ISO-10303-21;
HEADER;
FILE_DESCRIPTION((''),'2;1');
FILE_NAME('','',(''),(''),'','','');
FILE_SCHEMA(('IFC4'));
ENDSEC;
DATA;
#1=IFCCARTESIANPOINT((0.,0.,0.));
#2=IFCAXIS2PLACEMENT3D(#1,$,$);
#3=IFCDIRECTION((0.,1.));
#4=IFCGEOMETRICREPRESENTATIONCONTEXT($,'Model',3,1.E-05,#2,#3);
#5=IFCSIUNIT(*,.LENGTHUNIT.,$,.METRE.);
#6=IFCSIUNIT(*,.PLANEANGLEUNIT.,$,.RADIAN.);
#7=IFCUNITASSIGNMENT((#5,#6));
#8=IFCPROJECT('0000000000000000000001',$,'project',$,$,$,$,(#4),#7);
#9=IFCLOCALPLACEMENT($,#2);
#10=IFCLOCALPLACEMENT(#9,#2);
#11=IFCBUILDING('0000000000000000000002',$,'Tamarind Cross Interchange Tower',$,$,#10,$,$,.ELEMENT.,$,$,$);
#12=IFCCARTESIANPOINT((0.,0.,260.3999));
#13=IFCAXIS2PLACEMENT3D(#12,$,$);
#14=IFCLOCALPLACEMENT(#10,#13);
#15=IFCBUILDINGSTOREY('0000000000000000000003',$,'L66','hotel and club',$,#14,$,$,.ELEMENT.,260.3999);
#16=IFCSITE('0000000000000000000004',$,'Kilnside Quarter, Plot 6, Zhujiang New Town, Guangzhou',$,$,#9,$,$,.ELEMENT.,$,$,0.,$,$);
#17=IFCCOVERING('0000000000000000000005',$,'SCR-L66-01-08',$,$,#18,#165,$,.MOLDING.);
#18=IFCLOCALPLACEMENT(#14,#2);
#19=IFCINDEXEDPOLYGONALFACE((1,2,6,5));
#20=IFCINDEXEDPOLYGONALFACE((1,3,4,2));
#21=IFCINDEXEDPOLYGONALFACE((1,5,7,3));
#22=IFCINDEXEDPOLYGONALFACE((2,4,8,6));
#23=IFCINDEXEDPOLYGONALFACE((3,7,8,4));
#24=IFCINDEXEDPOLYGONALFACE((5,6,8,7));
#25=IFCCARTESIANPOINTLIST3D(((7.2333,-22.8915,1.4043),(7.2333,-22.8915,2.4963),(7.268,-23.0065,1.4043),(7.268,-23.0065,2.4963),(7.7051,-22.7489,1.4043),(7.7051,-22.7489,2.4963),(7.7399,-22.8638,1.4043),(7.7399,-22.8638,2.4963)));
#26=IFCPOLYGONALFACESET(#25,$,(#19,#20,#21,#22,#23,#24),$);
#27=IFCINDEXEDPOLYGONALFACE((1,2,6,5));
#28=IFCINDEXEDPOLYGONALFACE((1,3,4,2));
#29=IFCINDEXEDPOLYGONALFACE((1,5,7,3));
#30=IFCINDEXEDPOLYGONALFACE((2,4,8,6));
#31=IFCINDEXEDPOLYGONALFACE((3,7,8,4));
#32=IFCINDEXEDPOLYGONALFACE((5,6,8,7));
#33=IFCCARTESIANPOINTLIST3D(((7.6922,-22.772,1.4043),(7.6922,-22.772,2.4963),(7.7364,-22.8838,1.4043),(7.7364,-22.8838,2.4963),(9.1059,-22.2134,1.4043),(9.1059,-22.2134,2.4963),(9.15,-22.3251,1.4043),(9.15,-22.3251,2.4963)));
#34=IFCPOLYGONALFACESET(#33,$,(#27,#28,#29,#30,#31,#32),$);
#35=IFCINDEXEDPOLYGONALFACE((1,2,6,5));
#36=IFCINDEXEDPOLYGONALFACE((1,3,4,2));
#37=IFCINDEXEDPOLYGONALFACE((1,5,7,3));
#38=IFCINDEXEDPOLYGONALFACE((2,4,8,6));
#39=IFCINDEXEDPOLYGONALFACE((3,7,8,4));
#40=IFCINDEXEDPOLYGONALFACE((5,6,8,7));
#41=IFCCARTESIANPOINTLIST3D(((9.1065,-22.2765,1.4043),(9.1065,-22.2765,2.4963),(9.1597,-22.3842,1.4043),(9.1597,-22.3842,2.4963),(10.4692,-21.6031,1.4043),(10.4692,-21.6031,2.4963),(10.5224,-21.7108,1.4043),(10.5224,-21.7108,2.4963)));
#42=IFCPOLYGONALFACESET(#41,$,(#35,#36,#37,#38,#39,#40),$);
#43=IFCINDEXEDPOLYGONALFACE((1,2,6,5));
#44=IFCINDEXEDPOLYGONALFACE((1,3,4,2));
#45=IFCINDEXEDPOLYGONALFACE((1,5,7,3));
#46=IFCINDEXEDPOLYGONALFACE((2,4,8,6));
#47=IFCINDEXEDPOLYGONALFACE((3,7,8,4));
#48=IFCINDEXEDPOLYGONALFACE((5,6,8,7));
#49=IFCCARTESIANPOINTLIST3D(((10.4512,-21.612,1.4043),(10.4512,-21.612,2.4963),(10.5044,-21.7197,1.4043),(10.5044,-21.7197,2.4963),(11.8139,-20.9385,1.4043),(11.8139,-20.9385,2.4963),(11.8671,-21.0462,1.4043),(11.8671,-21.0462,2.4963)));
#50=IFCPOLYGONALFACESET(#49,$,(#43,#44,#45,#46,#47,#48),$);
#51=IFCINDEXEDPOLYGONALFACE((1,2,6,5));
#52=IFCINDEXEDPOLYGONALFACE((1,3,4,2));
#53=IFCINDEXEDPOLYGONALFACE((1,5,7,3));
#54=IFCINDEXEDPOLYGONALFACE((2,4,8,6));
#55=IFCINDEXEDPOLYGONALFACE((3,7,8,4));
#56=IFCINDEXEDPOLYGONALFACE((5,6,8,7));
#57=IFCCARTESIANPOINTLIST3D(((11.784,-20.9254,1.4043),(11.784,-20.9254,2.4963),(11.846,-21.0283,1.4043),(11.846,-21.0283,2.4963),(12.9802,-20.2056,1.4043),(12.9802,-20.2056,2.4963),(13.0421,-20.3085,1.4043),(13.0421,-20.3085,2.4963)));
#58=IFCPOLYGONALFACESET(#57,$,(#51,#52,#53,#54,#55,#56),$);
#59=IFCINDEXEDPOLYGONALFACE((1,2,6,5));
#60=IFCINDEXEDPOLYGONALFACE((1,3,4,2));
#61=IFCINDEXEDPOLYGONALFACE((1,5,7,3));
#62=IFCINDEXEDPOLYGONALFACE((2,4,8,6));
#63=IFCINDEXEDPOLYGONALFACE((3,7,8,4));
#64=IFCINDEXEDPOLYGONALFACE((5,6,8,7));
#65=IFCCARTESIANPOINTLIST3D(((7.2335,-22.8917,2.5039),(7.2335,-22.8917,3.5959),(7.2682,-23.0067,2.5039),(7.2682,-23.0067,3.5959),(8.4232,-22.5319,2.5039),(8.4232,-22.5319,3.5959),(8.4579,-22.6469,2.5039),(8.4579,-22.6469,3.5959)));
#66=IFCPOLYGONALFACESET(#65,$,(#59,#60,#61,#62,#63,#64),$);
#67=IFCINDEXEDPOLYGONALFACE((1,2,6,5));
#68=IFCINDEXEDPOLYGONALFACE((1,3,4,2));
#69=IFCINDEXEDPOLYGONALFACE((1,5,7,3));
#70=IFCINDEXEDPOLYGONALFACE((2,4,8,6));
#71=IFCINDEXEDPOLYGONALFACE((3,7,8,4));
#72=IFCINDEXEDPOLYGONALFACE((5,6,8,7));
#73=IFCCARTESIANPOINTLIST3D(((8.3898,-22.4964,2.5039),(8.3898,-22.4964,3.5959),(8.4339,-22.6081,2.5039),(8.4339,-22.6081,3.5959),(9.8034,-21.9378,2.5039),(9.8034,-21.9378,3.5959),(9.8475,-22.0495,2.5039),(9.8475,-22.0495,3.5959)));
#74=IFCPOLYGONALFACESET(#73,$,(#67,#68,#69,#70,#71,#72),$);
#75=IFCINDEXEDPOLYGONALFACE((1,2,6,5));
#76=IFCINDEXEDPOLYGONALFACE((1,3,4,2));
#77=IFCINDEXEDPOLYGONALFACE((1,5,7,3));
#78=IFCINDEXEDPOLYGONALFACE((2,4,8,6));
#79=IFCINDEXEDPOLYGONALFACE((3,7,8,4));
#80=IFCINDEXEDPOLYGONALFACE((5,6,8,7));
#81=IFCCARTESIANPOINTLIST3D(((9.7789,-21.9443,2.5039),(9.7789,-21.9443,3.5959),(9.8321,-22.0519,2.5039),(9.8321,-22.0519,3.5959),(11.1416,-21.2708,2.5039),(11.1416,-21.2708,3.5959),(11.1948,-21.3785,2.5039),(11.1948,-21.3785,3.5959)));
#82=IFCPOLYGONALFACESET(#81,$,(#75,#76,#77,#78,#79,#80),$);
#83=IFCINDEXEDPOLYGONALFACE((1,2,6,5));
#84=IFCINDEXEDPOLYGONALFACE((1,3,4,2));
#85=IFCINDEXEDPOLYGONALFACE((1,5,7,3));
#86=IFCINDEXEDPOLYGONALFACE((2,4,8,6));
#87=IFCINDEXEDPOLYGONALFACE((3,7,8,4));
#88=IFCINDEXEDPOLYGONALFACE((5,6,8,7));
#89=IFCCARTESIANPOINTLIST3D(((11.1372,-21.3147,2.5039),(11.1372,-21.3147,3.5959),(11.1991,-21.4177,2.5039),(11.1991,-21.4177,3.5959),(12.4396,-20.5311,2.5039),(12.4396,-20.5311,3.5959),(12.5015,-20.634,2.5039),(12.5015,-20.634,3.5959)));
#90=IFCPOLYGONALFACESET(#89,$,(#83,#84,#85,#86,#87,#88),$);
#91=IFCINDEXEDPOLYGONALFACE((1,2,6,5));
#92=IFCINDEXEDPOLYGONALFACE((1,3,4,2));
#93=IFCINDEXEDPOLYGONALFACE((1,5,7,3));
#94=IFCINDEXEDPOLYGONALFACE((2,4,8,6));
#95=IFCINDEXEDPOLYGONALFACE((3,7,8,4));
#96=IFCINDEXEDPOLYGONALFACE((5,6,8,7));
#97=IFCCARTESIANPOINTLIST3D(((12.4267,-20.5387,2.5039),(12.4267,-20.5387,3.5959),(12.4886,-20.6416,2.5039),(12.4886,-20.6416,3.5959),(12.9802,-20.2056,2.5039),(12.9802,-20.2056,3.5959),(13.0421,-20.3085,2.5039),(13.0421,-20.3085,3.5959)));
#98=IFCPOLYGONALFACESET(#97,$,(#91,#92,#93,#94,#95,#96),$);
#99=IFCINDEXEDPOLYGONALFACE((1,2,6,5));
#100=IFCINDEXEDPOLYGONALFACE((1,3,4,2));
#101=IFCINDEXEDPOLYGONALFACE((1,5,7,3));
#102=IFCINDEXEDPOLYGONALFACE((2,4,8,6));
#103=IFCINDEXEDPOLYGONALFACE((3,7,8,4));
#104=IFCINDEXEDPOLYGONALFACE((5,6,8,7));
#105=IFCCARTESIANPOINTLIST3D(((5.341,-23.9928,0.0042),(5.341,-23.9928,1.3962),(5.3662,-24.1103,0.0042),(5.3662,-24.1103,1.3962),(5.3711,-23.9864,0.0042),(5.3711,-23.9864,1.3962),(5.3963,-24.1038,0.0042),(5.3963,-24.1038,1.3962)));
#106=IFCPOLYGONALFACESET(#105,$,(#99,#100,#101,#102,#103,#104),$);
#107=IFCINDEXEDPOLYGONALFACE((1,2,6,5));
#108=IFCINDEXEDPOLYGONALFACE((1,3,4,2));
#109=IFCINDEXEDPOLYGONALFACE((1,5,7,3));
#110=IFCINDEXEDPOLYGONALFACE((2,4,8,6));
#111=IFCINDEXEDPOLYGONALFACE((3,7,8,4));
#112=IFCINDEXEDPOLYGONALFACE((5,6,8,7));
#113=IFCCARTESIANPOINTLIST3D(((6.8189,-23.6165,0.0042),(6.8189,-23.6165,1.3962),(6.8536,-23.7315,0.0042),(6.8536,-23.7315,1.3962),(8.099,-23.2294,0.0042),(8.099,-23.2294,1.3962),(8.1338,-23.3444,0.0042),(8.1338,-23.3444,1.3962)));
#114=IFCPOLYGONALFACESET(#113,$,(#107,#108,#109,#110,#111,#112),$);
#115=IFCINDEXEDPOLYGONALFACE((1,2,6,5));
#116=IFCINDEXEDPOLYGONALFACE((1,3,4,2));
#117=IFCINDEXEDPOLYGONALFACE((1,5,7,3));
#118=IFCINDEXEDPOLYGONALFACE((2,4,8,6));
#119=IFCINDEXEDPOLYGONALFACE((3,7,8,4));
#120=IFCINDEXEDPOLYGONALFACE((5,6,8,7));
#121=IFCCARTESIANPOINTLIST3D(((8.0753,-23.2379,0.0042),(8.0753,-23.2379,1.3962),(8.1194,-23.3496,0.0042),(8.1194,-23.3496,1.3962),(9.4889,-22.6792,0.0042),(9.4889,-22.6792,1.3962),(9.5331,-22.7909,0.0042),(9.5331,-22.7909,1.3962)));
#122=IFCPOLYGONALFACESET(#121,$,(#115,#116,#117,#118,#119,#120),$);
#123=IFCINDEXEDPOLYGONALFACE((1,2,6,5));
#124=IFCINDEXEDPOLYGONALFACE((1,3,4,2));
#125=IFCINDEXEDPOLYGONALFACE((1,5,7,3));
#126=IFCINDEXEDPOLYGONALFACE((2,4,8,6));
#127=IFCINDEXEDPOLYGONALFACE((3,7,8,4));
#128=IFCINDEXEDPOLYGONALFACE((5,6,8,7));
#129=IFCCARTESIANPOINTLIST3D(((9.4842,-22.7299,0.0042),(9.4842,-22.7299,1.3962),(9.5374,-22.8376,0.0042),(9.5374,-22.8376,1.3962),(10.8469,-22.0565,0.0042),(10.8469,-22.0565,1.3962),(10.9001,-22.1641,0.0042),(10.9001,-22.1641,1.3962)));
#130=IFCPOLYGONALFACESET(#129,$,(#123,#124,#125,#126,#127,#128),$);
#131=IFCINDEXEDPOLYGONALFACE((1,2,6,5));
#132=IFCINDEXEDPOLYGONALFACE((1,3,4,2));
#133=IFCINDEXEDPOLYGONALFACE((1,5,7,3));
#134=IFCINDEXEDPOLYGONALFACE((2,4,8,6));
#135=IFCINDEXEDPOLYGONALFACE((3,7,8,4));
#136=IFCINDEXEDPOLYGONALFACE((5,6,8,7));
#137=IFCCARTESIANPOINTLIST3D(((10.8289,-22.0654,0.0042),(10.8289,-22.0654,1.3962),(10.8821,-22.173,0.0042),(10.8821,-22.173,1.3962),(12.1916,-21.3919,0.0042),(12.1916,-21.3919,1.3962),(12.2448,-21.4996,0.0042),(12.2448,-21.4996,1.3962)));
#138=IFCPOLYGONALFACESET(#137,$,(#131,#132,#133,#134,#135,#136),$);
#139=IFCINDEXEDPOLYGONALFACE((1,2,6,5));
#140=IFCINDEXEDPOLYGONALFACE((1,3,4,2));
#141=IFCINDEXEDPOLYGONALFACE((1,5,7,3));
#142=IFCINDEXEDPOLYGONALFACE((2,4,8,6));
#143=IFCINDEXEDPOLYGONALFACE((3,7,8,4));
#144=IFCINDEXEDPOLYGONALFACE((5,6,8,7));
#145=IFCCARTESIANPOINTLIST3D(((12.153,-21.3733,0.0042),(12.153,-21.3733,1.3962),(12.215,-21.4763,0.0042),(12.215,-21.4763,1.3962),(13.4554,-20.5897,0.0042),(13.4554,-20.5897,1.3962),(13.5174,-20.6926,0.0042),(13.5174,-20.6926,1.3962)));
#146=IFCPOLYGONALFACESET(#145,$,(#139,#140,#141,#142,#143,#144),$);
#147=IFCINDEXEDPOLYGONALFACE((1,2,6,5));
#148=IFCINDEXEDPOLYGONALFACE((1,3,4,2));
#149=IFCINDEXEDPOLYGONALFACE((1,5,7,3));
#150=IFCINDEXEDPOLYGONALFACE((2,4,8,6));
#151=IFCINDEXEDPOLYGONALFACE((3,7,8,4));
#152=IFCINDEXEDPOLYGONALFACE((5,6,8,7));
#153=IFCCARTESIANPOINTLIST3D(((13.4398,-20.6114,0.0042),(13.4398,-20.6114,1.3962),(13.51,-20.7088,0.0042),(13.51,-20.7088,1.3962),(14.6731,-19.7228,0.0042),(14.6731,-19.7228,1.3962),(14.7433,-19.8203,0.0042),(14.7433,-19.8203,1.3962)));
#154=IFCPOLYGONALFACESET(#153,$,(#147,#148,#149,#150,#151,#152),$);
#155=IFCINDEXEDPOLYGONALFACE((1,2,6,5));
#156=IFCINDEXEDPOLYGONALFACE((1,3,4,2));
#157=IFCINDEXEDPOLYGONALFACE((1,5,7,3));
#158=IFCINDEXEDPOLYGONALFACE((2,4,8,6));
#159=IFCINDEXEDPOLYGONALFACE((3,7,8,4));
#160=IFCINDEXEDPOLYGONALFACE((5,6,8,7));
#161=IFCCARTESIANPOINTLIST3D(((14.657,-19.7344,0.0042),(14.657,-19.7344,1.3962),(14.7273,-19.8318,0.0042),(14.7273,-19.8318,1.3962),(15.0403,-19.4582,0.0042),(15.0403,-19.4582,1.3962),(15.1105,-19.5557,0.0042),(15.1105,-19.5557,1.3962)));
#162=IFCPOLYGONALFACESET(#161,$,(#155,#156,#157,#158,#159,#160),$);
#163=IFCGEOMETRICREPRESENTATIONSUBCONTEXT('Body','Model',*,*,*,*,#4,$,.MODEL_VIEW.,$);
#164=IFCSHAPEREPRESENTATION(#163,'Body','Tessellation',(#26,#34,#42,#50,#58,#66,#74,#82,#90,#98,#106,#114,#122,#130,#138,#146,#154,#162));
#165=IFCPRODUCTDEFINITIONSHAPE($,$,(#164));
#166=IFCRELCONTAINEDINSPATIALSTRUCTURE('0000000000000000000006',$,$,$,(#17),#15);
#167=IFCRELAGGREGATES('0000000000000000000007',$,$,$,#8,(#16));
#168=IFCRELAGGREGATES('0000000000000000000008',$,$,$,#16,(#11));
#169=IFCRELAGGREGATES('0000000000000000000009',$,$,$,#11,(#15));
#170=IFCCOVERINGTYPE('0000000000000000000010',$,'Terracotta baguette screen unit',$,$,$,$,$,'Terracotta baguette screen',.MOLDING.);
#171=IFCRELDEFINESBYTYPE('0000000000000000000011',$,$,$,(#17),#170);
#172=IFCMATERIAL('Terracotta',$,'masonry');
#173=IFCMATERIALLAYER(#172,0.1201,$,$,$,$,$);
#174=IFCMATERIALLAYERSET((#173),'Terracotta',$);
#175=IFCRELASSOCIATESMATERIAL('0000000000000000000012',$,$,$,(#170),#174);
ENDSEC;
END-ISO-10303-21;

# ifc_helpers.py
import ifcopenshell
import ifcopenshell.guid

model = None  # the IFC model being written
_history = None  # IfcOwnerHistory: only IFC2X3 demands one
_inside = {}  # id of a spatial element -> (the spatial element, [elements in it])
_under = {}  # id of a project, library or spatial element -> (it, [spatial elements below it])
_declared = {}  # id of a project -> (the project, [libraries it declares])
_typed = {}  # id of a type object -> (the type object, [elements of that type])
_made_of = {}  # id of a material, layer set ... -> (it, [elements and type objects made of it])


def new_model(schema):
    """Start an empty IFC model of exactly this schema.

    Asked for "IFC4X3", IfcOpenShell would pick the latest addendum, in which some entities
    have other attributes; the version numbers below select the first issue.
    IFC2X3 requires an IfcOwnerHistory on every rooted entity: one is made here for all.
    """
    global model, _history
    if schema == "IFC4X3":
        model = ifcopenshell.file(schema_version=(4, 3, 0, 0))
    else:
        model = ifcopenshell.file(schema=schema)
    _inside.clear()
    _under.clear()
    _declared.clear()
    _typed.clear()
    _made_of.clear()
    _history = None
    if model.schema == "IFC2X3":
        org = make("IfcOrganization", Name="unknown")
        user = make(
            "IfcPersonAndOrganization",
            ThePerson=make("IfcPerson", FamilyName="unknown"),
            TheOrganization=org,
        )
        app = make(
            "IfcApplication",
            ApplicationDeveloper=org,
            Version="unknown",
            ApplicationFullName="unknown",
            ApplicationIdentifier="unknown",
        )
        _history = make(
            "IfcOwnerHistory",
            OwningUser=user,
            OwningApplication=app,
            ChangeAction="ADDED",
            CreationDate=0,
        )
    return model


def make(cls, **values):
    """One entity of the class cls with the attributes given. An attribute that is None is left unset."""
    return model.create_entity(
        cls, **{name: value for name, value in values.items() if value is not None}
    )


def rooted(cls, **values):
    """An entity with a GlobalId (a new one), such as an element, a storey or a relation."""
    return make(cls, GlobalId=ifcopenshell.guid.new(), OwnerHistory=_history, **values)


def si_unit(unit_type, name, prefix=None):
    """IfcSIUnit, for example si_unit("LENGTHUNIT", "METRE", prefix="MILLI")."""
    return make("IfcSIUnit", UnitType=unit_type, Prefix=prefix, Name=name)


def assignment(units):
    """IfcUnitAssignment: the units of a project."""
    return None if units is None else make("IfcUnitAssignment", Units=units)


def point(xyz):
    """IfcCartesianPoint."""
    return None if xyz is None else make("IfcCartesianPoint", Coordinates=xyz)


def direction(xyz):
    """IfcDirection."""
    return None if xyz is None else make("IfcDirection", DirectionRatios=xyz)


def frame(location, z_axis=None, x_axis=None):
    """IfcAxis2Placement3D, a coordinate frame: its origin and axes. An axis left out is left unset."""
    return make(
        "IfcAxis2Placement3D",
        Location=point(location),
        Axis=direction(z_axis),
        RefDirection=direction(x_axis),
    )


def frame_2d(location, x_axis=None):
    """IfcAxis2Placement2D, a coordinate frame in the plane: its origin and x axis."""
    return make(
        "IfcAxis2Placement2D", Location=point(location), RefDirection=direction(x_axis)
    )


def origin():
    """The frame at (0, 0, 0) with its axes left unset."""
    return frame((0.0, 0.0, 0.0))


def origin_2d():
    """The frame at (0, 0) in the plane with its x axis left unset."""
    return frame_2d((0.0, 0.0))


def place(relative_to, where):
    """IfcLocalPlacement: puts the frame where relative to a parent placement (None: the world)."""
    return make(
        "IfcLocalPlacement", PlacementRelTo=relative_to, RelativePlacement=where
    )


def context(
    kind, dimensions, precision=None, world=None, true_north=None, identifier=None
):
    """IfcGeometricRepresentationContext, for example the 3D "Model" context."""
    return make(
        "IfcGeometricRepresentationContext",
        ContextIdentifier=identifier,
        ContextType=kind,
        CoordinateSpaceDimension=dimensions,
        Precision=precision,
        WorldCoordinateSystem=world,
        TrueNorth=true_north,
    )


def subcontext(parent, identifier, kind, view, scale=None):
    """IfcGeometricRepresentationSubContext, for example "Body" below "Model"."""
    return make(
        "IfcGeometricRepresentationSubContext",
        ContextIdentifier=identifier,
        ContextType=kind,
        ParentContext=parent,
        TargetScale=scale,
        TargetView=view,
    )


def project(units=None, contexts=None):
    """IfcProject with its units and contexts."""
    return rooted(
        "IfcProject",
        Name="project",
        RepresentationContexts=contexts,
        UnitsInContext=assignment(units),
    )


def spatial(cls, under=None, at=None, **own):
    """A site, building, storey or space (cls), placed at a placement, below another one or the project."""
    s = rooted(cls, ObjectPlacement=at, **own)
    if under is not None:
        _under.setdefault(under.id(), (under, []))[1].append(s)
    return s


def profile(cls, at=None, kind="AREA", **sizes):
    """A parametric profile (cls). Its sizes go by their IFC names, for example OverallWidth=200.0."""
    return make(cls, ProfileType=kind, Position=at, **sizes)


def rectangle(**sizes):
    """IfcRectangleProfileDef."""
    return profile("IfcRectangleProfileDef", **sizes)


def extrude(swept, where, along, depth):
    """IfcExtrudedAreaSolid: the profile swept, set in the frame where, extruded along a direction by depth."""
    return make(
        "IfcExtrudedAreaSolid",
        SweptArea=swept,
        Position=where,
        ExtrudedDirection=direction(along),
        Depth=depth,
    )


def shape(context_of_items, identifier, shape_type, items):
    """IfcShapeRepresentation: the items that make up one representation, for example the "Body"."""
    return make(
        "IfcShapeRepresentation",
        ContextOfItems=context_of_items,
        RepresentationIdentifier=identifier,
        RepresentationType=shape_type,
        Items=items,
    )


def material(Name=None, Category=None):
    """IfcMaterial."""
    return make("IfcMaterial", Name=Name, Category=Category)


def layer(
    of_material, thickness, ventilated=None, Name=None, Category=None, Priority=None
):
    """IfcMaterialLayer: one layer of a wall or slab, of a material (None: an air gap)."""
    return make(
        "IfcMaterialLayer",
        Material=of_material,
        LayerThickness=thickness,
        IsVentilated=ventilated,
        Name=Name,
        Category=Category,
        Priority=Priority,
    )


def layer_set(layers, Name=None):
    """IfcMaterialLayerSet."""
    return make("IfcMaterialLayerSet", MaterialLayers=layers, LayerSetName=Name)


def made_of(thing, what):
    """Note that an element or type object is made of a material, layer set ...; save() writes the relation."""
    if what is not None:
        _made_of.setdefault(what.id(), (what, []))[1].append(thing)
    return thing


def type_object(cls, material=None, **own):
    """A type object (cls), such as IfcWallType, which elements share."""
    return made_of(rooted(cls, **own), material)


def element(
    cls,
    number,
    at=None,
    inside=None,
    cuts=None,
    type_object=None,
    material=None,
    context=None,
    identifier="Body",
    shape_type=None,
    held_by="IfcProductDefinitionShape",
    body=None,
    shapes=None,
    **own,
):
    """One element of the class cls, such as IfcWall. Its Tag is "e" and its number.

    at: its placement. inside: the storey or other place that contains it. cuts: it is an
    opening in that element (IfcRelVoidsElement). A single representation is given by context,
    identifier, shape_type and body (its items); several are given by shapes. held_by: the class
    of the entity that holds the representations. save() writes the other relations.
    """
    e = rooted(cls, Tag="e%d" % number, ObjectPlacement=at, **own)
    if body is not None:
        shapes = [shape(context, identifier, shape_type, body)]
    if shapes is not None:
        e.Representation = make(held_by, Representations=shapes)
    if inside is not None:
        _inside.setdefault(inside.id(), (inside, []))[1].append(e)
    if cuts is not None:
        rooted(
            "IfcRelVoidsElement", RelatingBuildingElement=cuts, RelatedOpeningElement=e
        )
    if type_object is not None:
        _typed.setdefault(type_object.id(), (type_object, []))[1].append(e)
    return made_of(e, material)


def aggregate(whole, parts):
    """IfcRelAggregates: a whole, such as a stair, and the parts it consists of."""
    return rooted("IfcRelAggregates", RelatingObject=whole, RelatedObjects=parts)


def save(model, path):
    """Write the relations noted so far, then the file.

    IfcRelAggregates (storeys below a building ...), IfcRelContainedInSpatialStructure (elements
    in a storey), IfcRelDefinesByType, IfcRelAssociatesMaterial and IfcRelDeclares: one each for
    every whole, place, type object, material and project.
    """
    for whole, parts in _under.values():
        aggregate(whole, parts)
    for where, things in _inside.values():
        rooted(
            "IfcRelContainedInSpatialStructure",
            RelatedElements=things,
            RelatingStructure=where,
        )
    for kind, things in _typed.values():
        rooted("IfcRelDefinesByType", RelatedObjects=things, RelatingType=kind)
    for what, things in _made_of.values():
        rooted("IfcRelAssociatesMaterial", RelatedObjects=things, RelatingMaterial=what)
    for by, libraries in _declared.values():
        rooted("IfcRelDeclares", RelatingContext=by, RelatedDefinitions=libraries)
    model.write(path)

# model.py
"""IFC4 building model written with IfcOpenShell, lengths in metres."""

from ifc_helpers import new_model, si_unit, direction, frame, origin, origin_2d, place, context, subcontext, project, spatial, rectangle, extrude, material, layer, layer_set, type_object, element, save


model = new_model("IFC4")

# Units and contexts
model_context = context("Model", 3, precision=1e-05, world=origin(), true_north=direction((0.0, 1.0)))
body_context = subcontext(model_context, "Body", "Model", "MODEL_VIEW")
ifc_project = project(units=[si_unit("LENGTHUNIT", "METRE"), si_unit("PLANEANGLEUNIT", "RADIAN")], contexts=[model_context])

# Site, building, storey
site_placement = place(None, origin())
site = spatial("IfcSite", under=ifc_project, at=site_placement, Name="Kilnside Quarter, Plot 6, Zhujiang New Town, Guangzhou", CompositionType="ELEMENT", RefElevation=0.0)
building_placement = place(site_placement, origin())
building = spatial("IfcBuilding", under=site, at=building_placement, Name="Tamarind Cross Interchange Tower", CompositionType="ELEMENT")
storey_placement = place(building_placement, frame((0.0, 0.0, 260.3999)))
storey = spatial("IfcBuildingStorey", under=building, at=storey_placement, Name="L66", Description="hotel and club", CompositionType="ELEMENT", Elevation=260.3999)

# Covering
ifc_material_1 = material(Name="Terracotta", Category="masonry")
ifc_layer_1 = layer(ifc_material_1, 0.1201)
ifc_layer_set_1 = layer_set([ifc_layer_1], Name="Terracotta")
covering_type = type_object("IfcCoveringType", Name="Terracotta baguette screen unit", ElementType="Terracotta baguette screen", PredefinedType="MOLDING", material=ifc_layer_set_1)
covering_1_placement = place(storey_placement, origin())
element("IfcCovering", 1, at=covering_1_placement, inside=storey, type_object=covering_type, Name="SCR-L66-01-08", PredefinedType="MOLDING", context=body_context, shape_type="SweptSolid", body=[
    extrude(rectangle(XDim=0.4929, YDim=0.1201, at=origin_2d()), frame((7.4866, -22.8777, 1.4043), z_axis=(0.0, 0.0, 1.0), x_axis=(0.957191, 0.289458, 0.0)), (0.0, 0.0, 1.0), 1.092),
    extrude(rectangle(XDim=1.52, YDim=0.1201, at=origin_2d()), frame((8.4211, -22.5486, 1.4043), z_axis=(0.0, 0.0, 1.0), x_axis=(0.930018, 0.367514, 0.0)), (0.0, 0.0, 1.0), 1.092),
    extrude(rectangle(XDim=1.52, YDim=0.1201, at=origin_2d()), frame((9.8145, -21.9937, 1.4043), z_axis=(0.0, 0.0, 1.0), x_axis=(0.896493, 0.443059, 0.0)), (0.0, 0.0, 1.0), 1.092),
    extrude(rectangle(XDim=1.52, YDim=0.1201, at=origin_2d()), frame((11.1592, -21.3291, 1.4043), z_axis=(0.0, 0.0, 1.0), x_axis=(0.896493, 0.443059, 0.0)), (0.0, 0.0, 1.0), 1.092),
    extrude(rectangle(XDim=1.396, YDim=0.1201, at=origin_2d()), frame((12.4131, -20.6169, 1.4043), z_axis=(0.0, 0.0, 1.0), x_axis=(0.856843, 0.515577, 0.0)), (0.0, 0.0, 1.0), 1.092),
    extrude(rectangle(XDim=1.2429, YDim=0.1201, at=origin_2d()), frame((7.8457, -22.7693, 2.5039), z_axis=(0.0, 0.0, 1.0), x_axis=(0.957191, 0.289458, 0.0)), (0.0, 0.0, 1.0), 1.092),
    extrude(rectangle(XDim=1.52, YDim=0.1201, at=origin_2d()), frame((9.1187, -22.2729, 2.5039), z_axis=(0.0, 0.0, 1.0), x_axis=(0.930018, 0.367514, 0.0)), (0.0, 0.0, 1.0), 1.092),
    extrude(rectangle(XDim=1.52, YDim=0.1201, at=origin_2d()), frame((10.4868, -21.6614, 2.5039), z_axis=(0.0, 0.0, 1.0), x_axis=(0.896493, 0.443059, 0.0)), (0.0, 0.0, 1.0), 1.092),
    extrude(rectangle(XDim=1.52, YDim=0.1201, at=origin_2d()), frame((11.8193, -20.9744, 2.5039), z_axis=(0.0, 0.0, 1.0), x_axis=(0.856843, 0.515577, 0.0)), (0.0, 0.0, 1.0), 1.092),
    extrude(rectangle(XDim=0.646, YDim=0.1201, at=origin_2d()), frame((12.7344, -20.4236, 2.5039), z_axis=(0.0, 0.0, 1.0), x_axis=(0.856843, 0.515577, 0.0)), (0.0, 0.0, 1.0), 1.092),
    extrude(rectangle(XDim=0.0308, YDim=0.1201, at=origin_2d()), frame((5.3687, -24.0483, 0.0042), z_axis=(0.0, 0.0, 1.0), x_axis=(0.977825, 0.209425, 0.0)), (0.0, 0.0, 1.0), 1.3921),
    extrude(rectangle(XDim=1.3374, YDim=0.1201, at=origin_2d()), frame((7.4763, -23.4805, 0.0042), z_axis=(0.0, 0.0, 1.0), x_axis=(0.957191, 0.289458, 0.0)), (0.0, 0.0, 1.0), 1.3921),
    extrude(rectangle(XDim=1.52, YDim=0.1201, at=origin_2d()), frame((8.8042, -23.0144, 0.0042), z_axis=(0.0, 0.0, 1.0), x_axis=(0.930018, 0.367514, 0.0)), (0.0, 0.0, 1.0), 1.3921),
    extrude(rectangle(XDim=1.52, YDim=0.1201, at=origin_2d()), frame((10.1921, -22.447, 0.0042), z_axis=(0.0, 0.0, 1.0), x_axis=(0.896493, 0.443059, 0.0)), (0.0, 0.0, 1.0), 1.3921),
    extrude(rectangle(XDim=1.52, YDim=0.1201, at=origin_2d()), frame((11.5369, -21.7825, 0.0042), z_axis=(0.0, 0.0, 1.0), x_axis=(0.896493, 0.443059, 0.0)), (0.0, 0.0, 1.0), 1.3921),
    extrude(rectangle(XDim=1.52, YDim=0.1201, at=origin_2d()), frame((12.8352, -21.033, 0.0042), z_axis=(0.0, 0.0, 1.0), x_axis=(0.856843, 0.515577, 0.0)), (0.0, 0.0, 1.0), 1.3921),
    extrude(rectangle(XDim=1.52, YDim=0.1201, at=origin_2d()), frame((14.0916, -20.2158, 0.0042), z_axis=(0.0, 0.0, 1.0), x_axis=(0.81134, 0.584574, 0.0)), (0.0, 0.0, 1.0), 1.3921),
    extrude(rectangle(XDim=0.4724, YDim=0.1201, at=origin_2d()), frame((14.8838, -19.645, 0.0042), z_axis=(0.0, 0.0, 1.0), x_axis=(0.81134, 0.584574, 0.0)), (0.0, 0.0, 1.0), 1.3921),
])

save(model, "model.ifc")
